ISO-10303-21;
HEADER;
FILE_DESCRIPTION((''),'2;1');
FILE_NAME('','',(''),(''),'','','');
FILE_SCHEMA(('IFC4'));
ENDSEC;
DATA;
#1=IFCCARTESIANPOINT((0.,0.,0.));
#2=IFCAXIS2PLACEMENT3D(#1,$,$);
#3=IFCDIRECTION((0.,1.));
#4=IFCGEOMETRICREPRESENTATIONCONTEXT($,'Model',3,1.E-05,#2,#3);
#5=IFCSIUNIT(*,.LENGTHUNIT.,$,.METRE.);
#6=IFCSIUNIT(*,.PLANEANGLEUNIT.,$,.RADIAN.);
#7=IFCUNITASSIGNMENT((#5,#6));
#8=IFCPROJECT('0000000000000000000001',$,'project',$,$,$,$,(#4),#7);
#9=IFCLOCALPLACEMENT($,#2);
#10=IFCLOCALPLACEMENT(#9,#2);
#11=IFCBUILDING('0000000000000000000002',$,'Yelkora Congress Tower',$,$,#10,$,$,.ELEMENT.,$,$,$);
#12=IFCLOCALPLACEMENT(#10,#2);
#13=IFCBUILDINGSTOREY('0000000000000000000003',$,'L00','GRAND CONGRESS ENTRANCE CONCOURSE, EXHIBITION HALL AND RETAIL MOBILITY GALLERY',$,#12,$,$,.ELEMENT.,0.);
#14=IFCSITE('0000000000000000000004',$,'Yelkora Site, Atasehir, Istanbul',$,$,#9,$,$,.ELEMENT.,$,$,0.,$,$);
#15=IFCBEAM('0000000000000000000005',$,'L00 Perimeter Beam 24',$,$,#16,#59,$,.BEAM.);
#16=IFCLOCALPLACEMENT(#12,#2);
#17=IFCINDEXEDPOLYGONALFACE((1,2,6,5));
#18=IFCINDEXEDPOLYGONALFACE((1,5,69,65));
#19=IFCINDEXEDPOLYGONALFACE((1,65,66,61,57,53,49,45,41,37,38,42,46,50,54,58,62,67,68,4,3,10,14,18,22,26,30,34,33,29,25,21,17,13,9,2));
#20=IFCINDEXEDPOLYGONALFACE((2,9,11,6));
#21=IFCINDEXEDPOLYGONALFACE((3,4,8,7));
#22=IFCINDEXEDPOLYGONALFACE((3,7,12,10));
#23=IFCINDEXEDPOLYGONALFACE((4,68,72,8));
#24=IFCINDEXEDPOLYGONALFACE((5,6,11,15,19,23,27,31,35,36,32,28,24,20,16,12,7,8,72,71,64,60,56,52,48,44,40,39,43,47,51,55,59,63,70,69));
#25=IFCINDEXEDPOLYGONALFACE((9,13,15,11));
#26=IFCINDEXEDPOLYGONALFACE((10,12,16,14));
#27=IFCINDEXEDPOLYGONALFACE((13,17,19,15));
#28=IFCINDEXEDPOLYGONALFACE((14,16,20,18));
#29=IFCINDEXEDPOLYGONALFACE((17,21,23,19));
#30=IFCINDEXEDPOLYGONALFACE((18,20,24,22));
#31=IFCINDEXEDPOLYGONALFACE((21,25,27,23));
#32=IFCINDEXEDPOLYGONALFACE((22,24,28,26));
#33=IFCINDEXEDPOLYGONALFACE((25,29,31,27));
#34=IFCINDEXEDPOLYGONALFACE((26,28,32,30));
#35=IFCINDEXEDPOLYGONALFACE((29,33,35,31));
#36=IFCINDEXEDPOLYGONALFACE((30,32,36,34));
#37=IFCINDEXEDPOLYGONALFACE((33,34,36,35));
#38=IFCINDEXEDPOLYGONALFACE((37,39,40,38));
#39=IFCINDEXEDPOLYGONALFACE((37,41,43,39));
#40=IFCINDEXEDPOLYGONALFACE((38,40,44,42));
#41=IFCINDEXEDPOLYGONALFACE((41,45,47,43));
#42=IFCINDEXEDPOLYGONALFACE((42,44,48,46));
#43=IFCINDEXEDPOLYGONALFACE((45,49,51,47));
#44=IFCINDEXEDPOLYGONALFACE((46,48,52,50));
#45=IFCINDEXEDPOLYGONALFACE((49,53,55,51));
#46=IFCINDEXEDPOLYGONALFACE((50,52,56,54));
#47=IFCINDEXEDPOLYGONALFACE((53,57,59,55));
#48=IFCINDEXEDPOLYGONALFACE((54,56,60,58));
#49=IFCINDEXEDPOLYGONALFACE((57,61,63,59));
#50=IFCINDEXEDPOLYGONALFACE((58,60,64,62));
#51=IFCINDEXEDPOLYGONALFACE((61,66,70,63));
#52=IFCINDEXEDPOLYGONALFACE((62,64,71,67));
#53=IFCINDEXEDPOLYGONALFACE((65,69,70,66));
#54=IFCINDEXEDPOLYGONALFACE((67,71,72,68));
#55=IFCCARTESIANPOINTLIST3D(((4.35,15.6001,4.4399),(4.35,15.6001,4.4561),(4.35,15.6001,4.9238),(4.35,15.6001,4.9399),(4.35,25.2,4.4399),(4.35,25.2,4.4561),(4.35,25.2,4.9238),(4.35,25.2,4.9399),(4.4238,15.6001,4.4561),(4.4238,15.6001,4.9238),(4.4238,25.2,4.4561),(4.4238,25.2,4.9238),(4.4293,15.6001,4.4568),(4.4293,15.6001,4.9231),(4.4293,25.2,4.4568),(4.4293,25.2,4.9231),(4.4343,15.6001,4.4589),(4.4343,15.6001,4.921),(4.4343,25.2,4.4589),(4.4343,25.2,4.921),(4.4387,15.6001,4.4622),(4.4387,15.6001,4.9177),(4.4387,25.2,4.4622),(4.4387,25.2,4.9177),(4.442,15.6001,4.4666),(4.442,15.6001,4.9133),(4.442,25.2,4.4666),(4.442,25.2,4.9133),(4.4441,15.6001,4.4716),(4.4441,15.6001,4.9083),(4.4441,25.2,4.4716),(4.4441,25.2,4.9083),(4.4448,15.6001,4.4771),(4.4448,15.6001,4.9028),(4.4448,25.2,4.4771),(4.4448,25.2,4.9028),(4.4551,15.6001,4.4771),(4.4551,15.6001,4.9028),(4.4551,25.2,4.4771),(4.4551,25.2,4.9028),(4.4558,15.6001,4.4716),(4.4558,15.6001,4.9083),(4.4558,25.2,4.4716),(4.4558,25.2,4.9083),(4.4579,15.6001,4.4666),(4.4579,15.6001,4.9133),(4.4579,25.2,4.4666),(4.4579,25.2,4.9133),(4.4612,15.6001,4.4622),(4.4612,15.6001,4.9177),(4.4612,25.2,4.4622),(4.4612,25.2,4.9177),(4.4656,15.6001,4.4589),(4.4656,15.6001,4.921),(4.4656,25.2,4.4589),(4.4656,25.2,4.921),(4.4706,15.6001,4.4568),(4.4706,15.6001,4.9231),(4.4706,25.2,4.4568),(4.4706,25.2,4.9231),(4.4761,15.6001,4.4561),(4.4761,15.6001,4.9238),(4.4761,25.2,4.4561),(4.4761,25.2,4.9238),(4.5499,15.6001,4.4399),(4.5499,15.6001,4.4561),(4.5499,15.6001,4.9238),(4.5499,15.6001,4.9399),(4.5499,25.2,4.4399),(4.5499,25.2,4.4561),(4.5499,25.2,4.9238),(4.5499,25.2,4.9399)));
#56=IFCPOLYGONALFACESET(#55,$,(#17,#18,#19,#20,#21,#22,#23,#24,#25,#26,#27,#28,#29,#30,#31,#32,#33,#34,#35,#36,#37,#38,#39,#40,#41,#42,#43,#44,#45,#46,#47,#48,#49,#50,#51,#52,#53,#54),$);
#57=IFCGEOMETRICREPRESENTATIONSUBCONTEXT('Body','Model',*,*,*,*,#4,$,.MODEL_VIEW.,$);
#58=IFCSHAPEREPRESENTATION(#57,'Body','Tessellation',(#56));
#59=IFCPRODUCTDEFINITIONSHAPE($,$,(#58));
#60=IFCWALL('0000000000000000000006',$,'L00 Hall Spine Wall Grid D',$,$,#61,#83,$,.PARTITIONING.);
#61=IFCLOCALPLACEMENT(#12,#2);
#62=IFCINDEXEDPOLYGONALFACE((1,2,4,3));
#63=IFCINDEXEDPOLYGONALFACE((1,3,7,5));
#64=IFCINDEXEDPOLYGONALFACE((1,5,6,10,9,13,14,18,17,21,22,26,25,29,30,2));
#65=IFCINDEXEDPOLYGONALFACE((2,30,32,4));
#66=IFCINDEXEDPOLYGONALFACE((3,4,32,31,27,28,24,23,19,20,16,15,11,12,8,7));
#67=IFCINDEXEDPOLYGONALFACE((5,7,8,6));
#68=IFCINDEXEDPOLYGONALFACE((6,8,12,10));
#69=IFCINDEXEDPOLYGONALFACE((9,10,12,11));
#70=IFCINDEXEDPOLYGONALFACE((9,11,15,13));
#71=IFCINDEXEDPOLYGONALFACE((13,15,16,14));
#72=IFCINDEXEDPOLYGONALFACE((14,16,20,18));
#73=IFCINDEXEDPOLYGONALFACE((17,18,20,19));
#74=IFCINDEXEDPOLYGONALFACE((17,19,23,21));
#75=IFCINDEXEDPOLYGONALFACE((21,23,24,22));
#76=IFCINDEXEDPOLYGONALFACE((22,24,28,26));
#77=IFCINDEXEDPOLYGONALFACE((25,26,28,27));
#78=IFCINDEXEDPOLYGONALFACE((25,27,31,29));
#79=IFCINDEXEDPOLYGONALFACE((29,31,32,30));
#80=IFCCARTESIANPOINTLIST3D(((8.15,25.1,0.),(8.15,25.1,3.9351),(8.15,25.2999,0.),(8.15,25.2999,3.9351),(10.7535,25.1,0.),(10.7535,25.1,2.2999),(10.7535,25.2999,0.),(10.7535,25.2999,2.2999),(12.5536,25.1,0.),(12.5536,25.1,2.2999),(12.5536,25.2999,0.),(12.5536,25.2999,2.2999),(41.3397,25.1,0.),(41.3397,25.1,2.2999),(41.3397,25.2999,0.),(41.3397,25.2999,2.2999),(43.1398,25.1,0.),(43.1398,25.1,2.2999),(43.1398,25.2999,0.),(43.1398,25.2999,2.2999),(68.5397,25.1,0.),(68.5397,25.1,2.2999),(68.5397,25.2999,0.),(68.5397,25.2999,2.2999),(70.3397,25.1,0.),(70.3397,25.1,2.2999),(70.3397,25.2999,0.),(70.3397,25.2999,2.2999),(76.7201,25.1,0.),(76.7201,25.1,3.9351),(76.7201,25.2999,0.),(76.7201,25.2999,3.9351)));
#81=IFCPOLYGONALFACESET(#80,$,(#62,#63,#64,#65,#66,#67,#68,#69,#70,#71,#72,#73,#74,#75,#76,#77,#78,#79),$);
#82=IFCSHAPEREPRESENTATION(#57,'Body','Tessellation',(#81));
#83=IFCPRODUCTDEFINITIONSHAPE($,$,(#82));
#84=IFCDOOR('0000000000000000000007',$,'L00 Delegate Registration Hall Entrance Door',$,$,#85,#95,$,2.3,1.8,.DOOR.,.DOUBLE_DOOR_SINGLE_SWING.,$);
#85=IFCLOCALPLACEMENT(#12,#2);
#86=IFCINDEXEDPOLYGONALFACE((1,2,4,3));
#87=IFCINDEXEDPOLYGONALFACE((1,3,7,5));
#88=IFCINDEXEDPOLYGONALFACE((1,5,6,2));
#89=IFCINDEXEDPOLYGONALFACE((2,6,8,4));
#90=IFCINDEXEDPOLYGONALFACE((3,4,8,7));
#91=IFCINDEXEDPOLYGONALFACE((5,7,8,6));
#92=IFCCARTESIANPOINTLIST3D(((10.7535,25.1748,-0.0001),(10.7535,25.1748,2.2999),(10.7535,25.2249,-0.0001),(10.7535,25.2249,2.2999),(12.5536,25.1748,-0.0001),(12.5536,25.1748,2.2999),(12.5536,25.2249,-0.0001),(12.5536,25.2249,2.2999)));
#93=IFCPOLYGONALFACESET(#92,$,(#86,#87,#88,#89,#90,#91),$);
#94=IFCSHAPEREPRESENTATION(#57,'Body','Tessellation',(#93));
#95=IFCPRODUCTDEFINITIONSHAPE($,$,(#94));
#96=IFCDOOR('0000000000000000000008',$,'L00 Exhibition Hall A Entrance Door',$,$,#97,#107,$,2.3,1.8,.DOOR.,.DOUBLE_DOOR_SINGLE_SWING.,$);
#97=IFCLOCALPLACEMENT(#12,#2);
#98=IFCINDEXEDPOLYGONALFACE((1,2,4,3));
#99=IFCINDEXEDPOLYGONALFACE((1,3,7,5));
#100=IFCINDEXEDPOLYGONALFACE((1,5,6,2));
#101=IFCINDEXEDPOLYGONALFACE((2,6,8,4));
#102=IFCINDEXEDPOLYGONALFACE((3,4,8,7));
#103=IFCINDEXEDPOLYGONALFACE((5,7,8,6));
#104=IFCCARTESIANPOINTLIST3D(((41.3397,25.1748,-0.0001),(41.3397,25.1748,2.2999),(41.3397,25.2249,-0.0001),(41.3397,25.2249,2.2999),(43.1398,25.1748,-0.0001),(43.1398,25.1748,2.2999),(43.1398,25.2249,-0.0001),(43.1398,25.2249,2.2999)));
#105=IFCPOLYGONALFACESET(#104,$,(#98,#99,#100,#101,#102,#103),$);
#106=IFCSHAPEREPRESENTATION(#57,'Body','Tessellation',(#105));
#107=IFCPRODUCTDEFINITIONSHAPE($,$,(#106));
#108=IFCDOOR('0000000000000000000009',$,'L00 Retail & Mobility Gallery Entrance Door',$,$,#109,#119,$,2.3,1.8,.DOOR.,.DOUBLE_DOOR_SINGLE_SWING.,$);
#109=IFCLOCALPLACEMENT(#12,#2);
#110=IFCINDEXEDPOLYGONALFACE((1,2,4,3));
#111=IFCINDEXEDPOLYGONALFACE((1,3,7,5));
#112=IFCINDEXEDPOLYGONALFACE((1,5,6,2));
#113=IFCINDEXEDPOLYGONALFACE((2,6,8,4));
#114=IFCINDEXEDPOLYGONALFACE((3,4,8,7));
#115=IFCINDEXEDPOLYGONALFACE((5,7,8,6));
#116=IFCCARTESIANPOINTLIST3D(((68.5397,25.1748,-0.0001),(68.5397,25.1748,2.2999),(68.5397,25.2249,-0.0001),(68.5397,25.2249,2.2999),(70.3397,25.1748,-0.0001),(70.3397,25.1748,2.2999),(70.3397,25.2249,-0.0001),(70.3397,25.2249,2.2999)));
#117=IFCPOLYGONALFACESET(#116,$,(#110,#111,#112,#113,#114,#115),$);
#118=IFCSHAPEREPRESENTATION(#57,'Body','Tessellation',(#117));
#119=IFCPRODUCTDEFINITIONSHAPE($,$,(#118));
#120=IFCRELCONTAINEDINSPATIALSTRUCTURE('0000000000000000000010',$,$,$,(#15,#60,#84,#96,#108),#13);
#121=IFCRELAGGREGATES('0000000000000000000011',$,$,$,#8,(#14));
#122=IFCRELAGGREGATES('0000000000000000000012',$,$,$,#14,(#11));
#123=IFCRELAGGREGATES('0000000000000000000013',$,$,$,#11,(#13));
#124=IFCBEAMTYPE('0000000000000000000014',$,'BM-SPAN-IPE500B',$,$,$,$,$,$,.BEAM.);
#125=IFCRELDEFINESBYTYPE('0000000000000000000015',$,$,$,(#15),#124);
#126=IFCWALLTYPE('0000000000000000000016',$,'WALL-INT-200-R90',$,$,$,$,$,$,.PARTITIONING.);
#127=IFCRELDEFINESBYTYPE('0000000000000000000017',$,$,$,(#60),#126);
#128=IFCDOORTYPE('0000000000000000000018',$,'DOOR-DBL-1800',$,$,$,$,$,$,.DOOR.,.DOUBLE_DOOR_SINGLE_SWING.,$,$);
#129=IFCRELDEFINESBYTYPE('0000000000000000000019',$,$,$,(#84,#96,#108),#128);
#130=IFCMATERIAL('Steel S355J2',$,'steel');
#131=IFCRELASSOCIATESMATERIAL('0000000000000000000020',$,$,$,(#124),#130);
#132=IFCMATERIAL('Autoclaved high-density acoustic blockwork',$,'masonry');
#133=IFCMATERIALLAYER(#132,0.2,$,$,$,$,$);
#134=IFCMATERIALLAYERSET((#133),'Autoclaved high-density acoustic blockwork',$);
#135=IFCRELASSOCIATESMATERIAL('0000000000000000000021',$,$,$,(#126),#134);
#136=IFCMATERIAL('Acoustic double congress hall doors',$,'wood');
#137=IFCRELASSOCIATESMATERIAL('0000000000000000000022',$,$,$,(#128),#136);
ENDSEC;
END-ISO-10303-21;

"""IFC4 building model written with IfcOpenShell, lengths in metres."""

from ifc_helpers import new_model, si_unit, direction, frame, frame_2d, origin, origin_2d, place, context, subcontext, project, spatial, rectangle, i_section, extrude, material, layer, layer_set, material_profile, profile_set, type_object, element, fill, save


model = new_model("IFC4")

# Units and contexts
model_context = context("Model", 3, precision=1e-05, world=origin(), true_north=direction((0.0, 1.0)))
body_context = subcontext(model_context, "Body", "Model", "MODEL_VIEW")
ifc_project = project(units=[si_unit("LENGTHUNIT", "METRE"), si_unit("PLANEANGLEUNIT", "RADIAN")], contexts=[model_context])

# Site, building, storey
site_placement = place(None, origin())
site = spatial("IfcSite", under=ifc_project, at=site_placement, Name="Yelkora Site, Atasehir, Istanbul", CompositionType="ELEMENT", RefElevation=0.0)
building_placement = place(site_placement, origin())
building = spatial("IfcBuilding", under=site, at=building_placement, Name="Yelkora Congress Tower", CompositionType="ELEMENT")
storey_placement = place(building_placement, origin())
storey = spatial("IfcBuildingStorey", under=building, at=storey_placement, Name="L00", Description="GRAND CONGRESS ENTRANCE CONCOURSE, EXHIBITION HALL AND RETAIL MOBILITY GALLERY", CompositionType="ELEMENT", Elevation=0.0)

# Beam
ifc_material_1 = material(Name="Steel S355J2", Category="steel")
ifc_material_profile_1 = material_profile(ifc_material_1, i_section(OverallWidth=0.2, OverallDepth=0.5, WebThickness=0.0103, FlangeThickness=0.0161, FilletRadius=0.021, at=origin_2d()), Name="IPE 500")
ifc_profile_set_1 = profile_set([ifc_material_profile_1], Name="Steel S355J2")
beam_type_1 = type_object("IfcBeamType", Name="BM-SPAN-IPE500B", PredefinedType="BEAM", material=ifc_profile_set_1)
beam_1_placement = place(storey_placement, frame((4.45, 25.2, 4.6899), z_axis=(0.0, -1.0, 0.0), x_axis=(1.0, 0.0, 0.0)))
element("IfcBeam", 1, at=beam_1_placement, inside=storey, type_object=beam_type_1, Name="L00 Perimeter Beam 24", PredefinedType="BEAM", context=body_context, shape_type="SweptSolid", body=[
    extrude(i_section(OverallWidth=0.2, OverallDepth=0.5, WebThickness=0.0103, FlangeThickness=0.0161, FilletRadius=0.021, at=origin_2d()), origin(), (0.0, 0.0, 1.0), 9.5999),
])

# Wall, openings, doors
ifc_material_2 = material(Name="Autoclaved high-density acoustic blockwork", Category="masonry")
ifc_layer = layer(ifc_material_2, 0.2)
ifc_layer_set = layer_set([ifc_layer], Name="Autoclaved high-density acoustic blockwork")
wall_type = type_object("IfcWallType", Name="WALL-INT-200-R90", PredefinedType="PARTITIONING", material=ifc_layer_set)
wall_placement = place(storey_placement, frame((8.1499, 25.2, 0.0), z_axis=(0.0, 0.0, 1.0), x_axis=(1.0, 0.0, 0.0)))
wall = element("IfcWall", 2, at=wall_placement, inside=storey, type_object=wall_type, Name="L00 Hall Spine Wall Grid D", PredefinedType="PARTITIONING", context=body_context, shape_type="SweptSolid", body=[
    extrude(rectangle(XDim=68.5701, YDim=0.2, at=frame_2d((34.2852, 0.0))), origin(), (0.0, 0.0, 1.0), 3.9351),
])
opening_1_placement = place(wall_placement, frame((2.6038, 0.0, 0.0)))
opening_1 = element("IfcOpeningElement", 3, at=opening_1_placement, cuts=wall, PredefinedType="OPENING", context=body_context, shape_type="SweptSolid", body=[
    extrude(rectangle(XDim=1.8, YDim=2.3, at=frame_2d((0.8999, 1.1499))), frame((0.0, 0.1099, 0.0), z_axis=(0.0, -1.0, 0.0), x_axis=(1.0, 0.0, 0.0)), (0.0, 0.0, 1.0), 0.22),
])
opening_2_placement = place(wall_placement, frame((33.1899, 0.0, 0.0)))
opening_2 = element("IfcOpeningElement", 4, at=opening_2_placement, cuts=wall, PredefinedType="OPENING", context=body_context, shape_type="SweptSolid", body=[
    extrude(rectangle(XDim=1.8, YDim=2.3, at=frame_2d((0.8999, 1.1499))), frame((0.0, 0.1099, 0.0), z_axis=(0.0, -1.0, 0.0), x_axis=(1.0, 0.0, 0.0)), (0.0, 0.0, 1.0), 0.22),
])
opening_3_placement = place(wall_placement, frame((60.3899, 0.0, 0.0)))
opening_3 = element("IfcOpeningElement", 5, at=opening_3_placement, cuts=wall, PredefinedType="OPENING", context=body_context, shape_type="SweptSolid", body=[
    extrude(rectangle(XDim=1.8, YDim=2.3, at=frame_2d((0.8999, 1.1499))), frame((0.0, 0.1099, 0.0), z_axis=(0.0, -1.0, 0.0), x_axis=(1.0, 0.0, 0.0)), (0.0, 0.0, 1.0), 0.22),
])
ifc_material_3 = material(Name="Acoustic double congress hall doors", Category="wood")
door_type = type_object("IfcDoorType", Name="DOOR-DBL-1800", OperationType="DOUBLE_DOOR_SINGLE_SWING", PredefinedType="DOOR", material=ifc_material_3)
door_1_placement = place(opening_1_placement, origin())
door_1 = element("IfcDoor", 6, at=door_1_placement, inside=storey, type_object=door_type, Name="L00 Delegate Registration Hall Entrance Door", OperationType="DOUBLE_DOOR_SINGLE_SWING", OverallHeight=2.3, OverallWidth=1.8, PredefinedType="DOOR", context=body_context, shape_type="SweptSolid", body=[
    extrude(rectangle(XDim=1.8, YDim=2.3, at=frame_2d((0.8999, 1.1499))), frame((0.0, 0.0249, 0.0), z_axis=(0.0, -1.0, 0.0), x_axis=(1.0, 0.0, 0.0)), (0.0, 0.0, 1.0), 0.05),
])
fill(opening_1, door_1)
door_2_placement = place(opening_2_placement, origin())
door_2 = element("IfcDoor", 7, at=door_2_placement, inside=storey, type_object=door_type, Name="L00 Exhibition Hall A Entrance Door", OperationType="DOUBLE_DOOR_SINGLE_SWING", OverallHeight=2.3, OverallWidth=1.8, PredefinedType="DOOR", context=body_context, shape_type="SweptSolid", body=[
    extrude(rectangle(XDim=1.8, YDim=2.3, at=frame_2d((0.8999, 1.1499))), frame((0.0, 0.0249, 0.0), z_axis=(0.0, -1.0, 0.0), x_axis=(1.0, 0.0, 0.0)), (0.0, 0.0, 1.0), 0.05),
])
fill(opening_2, door_2)
door_3_placement = place(opening_3_placement, origin())
door_3 = element("IfcDoor", 8, at=door_3_placement, inside=storey, type_object=door_type, Name="L00 Retail & Mobility Gallery Entrance Door", OperationType="DOUBLE_DOOR_SINGLE_SWING", OverallHeight=2.3, OverallWidth=1.8, PredefinedType="DOOR", context=body_context, shape_type="SweptSolid", body=[
    extrude(rectangle(XDim=1.8, YDim=2.3, at=frame_2d((0.8999, 1.1499))), frame((0.0, 0.0249, 0.0), z_axis=(0.0, -1.0, 0.0), x_axis=(1.0, 0.0, 0.0)), (0.0, 0.0, 1.0), 0.05),
])
fill(opening_3, door_3)

save(model, "model.ifc")
